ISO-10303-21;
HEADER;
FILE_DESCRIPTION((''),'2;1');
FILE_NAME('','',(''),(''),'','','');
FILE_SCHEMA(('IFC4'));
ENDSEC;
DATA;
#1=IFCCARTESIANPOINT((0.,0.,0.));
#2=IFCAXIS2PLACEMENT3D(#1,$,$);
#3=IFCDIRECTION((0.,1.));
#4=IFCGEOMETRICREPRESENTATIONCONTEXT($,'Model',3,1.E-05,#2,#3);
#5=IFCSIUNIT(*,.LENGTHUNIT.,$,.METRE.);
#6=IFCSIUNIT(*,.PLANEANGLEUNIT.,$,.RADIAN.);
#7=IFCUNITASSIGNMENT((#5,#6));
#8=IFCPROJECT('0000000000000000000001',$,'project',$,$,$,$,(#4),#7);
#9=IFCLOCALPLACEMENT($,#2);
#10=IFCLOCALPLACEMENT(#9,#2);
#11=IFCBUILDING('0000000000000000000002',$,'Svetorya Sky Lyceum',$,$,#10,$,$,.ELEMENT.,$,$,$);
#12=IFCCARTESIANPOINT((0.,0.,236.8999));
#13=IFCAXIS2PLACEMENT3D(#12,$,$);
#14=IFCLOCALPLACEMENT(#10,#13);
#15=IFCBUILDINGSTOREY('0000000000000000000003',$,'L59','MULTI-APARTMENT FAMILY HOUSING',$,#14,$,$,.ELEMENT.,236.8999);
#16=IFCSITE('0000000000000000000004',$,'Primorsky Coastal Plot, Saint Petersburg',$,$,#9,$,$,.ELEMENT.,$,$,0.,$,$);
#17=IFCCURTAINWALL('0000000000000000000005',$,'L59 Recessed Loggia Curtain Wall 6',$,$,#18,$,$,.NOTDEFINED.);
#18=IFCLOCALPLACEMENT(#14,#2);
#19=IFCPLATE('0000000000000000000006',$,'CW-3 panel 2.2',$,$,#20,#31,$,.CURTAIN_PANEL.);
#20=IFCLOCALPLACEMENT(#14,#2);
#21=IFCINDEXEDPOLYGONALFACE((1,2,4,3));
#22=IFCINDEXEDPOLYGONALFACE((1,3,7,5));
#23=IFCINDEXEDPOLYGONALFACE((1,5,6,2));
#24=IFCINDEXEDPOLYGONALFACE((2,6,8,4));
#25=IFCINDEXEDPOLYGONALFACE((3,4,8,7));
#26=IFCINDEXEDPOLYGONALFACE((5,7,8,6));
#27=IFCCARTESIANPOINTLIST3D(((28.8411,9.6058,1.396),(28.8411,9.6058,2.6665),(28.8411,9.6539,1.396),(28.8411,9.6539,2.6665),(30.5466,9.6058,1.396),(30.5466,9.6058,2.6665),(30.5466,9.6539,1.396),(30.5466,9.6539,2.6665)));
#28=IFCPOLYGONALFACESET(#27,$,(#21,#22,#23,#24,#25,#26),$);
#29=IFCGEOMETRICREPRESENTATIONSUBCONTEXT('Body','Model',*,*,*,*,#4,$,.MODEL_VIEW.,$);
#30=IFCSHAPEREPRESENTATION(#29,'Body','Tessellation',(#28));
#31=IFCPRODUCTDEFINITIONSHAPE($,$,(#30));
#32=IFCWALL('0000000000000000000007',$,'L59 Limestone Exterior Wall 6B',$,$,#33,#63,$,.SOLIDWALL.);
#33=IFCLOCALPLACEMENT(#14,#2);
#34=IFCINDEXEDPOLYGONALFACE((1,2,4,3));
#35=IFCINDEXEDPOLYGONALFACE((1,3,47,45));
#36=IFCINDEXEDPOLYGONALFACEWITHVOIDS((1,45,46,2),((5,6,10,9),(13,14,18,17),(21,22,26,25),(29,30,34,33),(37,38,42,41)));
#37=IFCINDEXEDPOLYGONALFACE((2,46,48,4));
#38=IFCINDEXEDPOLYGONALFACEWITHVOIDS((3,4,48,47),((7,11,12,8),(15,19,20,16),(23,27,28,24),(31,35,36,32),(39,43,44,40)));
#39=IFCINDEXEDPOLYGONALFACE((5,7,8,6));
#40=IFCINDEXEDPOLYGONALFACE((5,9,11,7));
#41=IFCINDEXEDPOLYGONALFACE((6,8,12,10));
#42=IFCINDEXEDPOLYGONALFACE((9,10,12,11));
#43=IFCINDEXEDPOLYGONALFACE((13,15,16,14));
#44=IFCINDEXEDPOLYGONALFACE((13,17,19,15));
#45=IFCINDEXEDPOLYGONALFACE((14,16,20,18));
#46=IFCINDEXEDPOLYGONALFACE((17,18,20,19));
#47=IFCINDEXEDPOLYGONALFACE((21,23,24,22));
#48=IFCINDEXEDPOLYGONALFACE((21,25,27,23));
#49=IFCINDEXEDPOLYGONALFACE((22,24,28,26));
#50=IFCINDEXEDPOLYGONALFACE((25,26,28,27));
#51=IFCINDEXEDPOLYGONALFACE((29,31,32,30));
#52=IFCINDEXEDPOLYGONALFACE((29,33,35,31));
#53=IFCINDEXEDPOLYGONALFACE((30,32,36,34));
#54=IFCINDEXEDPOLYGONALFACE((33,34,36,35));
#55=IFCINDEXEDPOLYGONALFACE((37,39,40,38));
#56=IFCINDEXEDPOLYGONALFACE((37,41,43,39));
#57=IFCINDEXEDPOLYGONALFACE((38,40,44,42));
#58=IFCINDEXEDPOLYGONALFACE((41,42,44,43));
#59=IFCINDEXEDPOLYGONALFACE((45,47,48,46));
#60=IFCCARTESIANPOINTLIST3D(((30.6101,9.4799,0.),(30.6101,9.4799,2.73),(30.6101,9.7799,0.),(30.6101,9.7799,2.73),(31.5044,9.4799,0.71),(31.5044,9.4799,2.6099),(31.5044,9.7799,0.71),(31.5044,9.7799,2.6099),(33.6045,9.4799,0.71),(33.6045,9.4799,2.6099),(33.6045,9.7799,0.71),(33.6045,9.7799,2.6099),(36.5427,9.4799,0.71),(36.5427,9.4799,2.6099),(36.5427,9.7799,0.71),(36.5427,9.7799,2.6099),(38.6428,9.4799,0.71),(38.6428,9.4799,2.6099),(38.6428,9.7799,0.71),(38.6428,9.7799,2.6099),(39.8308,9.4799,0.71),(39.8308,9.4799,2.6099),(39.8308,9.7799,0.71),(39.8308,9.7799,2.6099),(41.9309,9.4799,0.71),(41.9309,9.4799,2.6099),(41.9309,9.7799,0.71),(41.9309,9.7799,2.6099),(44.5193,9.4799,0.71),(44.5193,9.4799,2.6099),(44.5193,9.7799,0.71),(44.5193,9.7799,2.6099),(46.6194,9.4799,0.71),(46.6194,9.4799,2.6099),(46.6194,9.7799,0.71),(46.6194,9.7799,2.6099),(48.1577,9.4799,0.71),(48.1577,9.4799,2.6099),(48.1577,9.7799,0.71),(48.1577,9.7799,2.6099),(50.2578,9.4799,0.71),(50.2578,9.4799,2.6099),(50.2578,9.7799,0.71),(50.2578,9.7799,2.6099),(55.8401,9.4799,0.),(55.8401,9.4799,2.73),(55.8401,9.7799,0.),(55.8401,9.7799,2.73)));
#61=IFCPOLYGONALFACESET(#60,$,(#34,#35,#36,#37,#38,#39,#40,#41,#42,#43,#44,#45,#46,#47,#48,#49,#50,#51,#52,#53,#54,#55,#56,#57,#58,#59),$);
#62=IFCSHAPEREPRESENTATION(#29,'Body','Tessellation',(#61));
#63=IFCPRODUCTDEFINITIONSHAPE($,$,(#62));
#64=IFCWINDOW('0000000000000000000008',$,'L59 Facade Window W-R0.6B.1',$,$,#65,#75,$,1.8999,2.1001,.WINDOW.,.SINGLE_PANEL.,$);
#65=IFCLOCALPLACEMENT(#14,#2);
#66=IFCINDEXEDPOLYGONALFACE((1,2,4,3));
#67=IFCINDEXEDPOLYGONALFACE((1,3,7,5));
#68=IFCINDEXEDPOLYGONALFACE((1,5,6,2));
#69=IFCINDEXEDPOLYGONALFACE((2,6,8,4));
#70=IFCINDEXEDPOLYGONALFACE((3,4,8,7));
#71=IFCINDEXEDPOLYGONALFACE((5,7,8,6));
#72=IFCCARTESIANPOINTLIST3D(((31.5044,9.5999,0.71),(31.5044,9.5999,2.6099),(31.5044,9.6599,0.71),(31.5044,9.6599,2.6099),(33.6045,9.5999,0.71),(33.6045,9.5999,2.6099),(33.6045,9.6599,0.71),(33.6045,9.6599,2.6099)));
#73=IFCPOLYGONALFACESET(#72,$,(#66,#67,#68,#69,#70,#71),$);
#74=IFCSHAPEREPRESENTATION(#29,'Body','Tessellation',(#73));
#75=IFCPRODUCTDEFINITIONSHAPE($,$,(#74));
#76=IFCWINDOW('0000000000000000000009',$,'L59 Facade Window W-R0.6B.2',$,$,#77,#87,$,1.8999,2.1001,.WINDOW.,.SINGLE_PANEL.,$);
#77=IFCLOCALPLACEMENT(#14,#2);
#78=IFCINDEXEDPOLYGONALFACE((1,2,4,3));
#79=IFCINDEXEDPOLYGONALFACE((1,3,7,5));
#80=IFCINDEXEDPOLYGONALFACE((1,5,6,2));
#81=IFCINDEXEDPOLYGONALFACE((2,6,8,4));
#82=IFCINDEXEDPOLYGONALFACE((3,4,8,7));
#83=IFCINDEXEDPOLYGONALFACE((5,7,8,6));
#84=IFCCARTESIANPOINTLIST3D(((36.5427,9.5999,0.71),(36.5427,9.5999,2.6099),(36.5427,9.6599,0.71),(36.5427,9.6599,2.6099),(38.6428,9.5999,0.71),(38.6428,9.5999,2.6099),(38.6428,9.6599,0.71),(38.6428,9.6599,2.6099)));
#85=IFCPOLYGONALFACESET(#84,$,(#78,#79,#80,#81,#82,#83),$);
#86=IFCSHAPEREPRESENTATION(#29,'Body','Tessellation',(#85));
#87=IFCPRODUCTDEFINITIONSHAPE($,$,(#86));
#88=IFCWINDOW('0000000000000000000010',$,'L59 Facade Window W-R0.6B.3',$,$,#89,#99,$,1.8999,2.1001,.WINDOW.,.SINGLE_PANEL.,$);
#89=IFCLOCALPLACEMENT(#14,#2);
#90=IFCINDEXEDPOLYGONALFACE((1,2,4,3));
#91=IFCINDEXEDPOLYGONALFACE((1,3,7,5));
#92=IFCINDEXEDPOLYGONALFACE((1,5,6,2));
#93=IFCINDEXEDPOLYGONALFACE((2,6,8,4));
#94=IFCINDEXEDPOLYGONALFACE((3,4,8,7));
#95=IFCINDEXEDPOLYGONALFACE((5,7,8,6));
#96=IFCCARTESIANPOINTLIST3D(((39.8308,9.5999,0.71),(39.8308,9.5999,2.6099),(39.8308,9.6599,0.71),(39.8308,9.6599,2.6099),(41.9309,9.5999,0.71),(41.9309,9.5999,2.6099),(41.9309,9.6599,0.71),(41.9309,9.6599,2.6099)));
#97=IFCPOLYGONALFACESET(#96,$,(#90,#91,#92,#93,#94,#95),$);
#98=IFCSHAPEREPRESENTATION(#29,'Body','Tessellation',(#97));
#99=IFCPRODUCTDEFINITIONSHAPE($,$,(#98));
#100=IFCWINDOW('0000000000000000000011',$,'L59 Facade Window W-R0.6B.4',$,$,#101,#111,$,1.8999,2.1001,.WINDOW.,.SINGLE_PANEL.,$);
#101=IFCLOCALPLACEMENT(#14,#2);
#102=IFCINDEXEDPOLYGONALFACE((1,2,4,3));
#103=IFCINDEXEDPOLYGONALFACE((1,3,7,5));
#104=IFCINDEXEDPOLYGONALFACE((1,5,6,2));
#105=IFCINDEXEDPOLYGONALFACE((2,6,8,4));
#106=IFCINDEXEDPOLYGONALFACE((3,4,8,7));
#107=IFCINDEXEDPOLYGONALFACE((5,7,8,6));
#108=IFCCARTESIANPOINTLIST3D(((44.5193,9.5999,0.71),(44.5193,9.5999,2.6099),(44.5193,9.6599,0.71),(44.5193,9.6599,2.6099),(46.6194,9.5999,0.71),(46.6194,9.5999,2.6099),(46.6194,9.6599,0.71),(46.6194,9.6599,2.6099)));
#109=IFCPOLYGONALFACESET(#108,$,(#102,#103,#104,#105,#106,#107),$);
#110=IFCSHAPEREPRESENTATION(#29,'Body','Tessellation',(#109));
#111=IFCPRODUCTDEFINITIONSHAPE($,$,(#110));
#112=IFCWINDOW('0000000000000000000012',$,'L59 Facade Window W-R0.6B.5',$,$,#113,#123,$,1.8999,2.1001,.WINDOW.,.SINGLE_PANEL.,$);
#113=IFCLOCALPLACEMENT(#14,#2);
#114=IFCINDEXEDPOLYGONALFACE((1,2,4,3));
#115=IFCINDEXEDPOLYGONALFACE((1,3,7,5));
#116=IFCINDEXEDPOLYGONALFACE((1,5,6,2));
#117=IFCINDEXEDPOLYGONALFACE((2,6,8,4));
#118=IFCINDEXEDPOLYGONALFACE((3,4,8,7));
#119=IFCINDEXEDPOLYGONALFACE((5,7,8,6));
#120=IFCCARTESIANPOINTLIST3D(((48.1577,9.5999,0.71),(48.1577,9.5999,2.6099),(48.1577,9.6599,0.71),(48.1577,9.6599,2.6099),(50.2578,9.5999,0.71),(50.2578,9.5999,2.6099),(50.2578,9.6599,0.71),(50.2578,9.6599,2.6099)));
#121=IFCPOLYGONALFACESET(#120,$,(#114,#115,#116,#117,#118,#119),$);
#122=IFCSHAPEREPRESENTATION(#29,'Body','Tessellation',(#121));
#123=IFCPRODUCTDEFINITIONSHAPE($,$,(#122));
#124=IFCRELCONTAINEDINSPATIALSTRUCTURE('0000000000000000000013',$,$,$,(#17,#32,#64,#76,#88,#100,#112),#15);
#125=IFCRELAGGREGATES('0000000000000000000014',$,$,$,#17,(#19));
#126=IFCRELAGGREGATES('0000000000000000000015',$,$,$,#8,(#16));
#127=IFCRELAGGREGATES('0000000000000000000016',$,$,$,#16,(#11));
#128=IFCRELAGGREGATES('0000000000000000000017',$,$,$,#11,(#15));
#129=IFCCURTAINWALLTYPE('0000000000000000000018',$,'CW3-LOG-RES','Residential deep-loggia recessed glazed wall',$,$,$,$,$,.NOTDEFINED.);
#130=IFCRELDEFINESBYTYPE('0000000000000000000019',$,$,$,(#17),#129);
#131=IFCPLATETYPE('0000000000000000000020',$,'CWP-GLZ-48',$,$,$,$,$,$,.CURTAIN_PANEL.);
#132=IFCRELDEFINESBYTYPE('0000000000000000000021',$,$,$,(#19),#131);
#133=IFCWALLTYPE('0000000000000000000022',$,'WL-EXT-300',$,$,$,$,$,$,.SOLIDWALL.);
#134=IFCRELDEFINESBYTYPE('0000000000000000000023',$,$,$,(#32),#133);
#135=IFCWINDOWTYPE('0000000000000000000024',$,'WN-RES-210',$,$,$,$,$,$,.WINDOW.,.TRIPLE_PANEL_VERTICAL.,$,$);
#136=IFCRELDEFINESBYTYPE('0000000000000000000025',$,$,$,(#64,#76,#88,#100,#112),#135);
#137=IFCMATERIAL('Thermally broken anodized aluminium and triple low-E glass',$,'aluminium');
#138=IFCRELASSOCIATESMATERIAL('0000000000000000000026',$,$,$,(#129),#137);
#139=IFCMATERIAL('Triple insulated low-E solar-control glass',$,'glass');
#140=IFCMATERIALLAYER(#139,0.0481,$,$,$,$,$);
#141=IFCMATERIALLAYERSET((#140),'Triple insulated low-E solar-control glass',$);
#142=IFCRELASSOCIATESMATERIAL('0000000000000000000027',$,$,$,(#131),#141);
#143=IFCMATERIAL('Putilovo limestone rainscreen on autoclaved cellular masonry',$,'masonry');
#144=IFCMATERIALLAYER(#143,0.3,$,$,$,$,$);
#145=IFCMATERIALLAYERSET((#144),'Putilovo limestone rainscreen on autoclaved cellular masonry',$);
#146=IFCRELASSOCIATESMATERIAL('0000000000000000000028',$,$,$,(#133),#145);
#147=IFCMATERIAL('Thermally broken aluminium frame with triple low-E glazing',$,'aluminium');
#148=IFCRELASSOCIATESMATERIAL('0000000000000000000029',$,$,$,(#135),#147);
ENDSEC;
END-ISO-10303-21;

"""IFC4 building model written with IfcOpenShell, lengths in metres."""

from ifc_helpers import new_model, si_unit, direction, frame, frame_2d, origin, origin_2d, place, context, subcontext, project, spatial, rectangle, extrude, material, layer, layer_set, type_object, element, fill, aggregate, save


model = new_model("IFC4")

# Units and contexts
model_context = context("Model", 3, precision=1e-05, world=origin(), true_north=direction((0.0, 1.0)))
body_context = subcontext(model_context, "Body", "Model", "MODEL_VIEW")
ifc_project = project(units=[si_unit("LENGTHUNIT", "METRE"), si_unit("PLANEANGLEUNIT", "RADIAN")], contexts=[model_context])

# Site, building, storey
site_placement = place(None, origin())
site = spatial("IfcSite", under=ifc_project, at=site_placement, Name="Primorsky Coastal Plot, Saint Petersburg", CompositionType="ELEMENT", RefElevation=0.0)
building_placement = place(site_placement, origin())
building = spatial("IfcBuilding", under=site, at=building_placement, Name="Svetorya Sky Lyceum", CompositionType="ELEMENT")
storey_placement = place(building_placement, frame((0.0, 0.0, 236.8999)))
storey = spatial("IfcBuildingStorey", under=building, at=storey_placement, Name="L59", Description="MULTI-APARTMENT FAMILY HOUSING", CompositionType="ELEMENT", Elevation=236.8999)

# Curtain wall, plate
ifc_material_1 = material(Name="Thermally broken anodized aluminium and triple low-E glass", Category="aluminium")
curtain_wall_type = type_object("IfcCurtainWallType", Name="CW3-LOG-RES", Description="Residential deep-loggia recessed glazed wall", PredefinedType="NOTDEFINED", material=ifc_material_1)
curtain_wall_placement = place(storey_placement, origin())
curtain_wall = element("IfcCurtainWall", 1, at=curtain_wall_placement, inside=storey, type_object=curtain_wall_type, Name="L59 Recessed Loggia Curtain Wall 6", PredefinedType="NOTDEFINED")
ifc_material_2 = material(Name="Triple insulated low-E solar-control glass", Category="glass")
ifc_layer_1 = layer(ifc_material_2, 0.0481)
ifc_layer_set_1 = layer_set([ifc_layer_1], Name="Triple insulated low-E solar-control glass")
plate_type = type_object("IfcPlateType", Name="CWP-GLZ-48", PredefinedType="CURTAIN_PANEL", material=ifc_layer_set_1)
plate_1_placement = place(storey_placement, frame((29.6938, 9.6299, 1.396), z_axis=(0.0, 0.0, 1.0), x_axis=(1.0, 0.0, 0.0)))
plate_1 = element("IfcPlate", 2, at=plate_1_placement, type_object=plate_type, Name="CW-3 panel 2.2", PredefinedType="CURTAIN_PANEL", context=body_context, shape_type="SweptSolid", body=[
    extrude(rectangle(XDim=1.7056, YDim=0.0481, at=origin_2d()), origin(), (0.0, 0.0, 1.0), 1.2705),
])
aggregate(curtain_wall, [plate_1])

# Wall, openings, windows
ifc_material_3 = material(Name="Putilovo limestone rainscreen on autoclaved cellular masonry", Category="masonry")
ifc_layer_2 = layer(ifc_material_3, 0.3)
ifc_layer_set_2 = layer_set([ifc_layer_2], Name="Putilovo limestone rainscreen on autoclaved cellular masonry")
wall_type = type_object("IfcWallType", Name="WL-EXT-300", PredefinedType="SOLIDWALL", material=ifc_layer_set_2)
wall_placement = place(storey_placement, frame((30.6101, 9.6299, 0.0), z_axis=(0.0, 0.0, 1.0), x_axis=(1.0, 0.0, 0.0)))
wall = element("IfcWall", 3, at=wall_placement, inside=storey, type_object=wall_type, Name="L59 Limestone Exterior Wall 6B", PredefinedType="SOLIDWALL", context=body_context, shape_type="SweptSolid", body=[
    extrude(rectangle(XDim=25.23, YDim=0.3, at=frame_2d((12.615, 0.0))), origin(), (0.0, 0.0, 1.0), 2.73),
])
opening_1_placement = place(wall_placement, frame((0.8943, 0.0, 0.71)))
opening_1 = element("IfcOpeningElement", 4, at=opening_1_placement, cuts=wall, PredefinedType="OPENING", context=body_context, shape_type="SweptSolid", body=[
    extrude(rectangle(XDim=2.1001, YDim=1.8999, at=frame_2d((1.05, 0.95))), frame((0.0, 0.1599, 0.0), z_axis=(0.0, -1.0, 0.0), x_axis=(1.0, 0.0, 0.0)), (0.0, 0.0, 1.0), 0.3201),
])
opening_2_placement = place(wall_placement, frame((5.9326, 0.0, 0.71)))
opening_2 = element("IfcOpeningElement", 5, at=opening_2_placement, cuts=wall, PredefinedType="OPENING", context=body_context, shape_type="SweptSolid", body=[
    extrude(rectangle(XDim=2.1001, YDim=1.8999, at=frame_2d((1.05, 0.95))), frame((0.0, 0.1599, 0.0), z_axis=(0.0, -1.0, 0.0), x_axis=(1.0, 0.0, 0.0)), (0.0, 0.0, 1.0), 0.3201),
])
opening_3_placement = place(wall_placement, frame((9.2207, 0.0, 0.71)))
opening_3 = element("IfcOpeningElement", 6, at=opening_3_placement, cuts=wall, PredefinedType="OPENING", context=body_context, shape_type="SweptSolid", body=[
    extrude(rectangle(XDim=2.1001, YDim=1.8999, at=frame_2d((1.05, 0.95))), frame((0.0, 0.1599, 0.0), z_axis=(0.0, -1.0, 0.0), x_axis=(1.0, 0.0, 0.0)), (0.0, 0.0, 1.0), 0.3201),
])
opening_4_placement = place(wall_placement, frame((13.9092, 0.0, 0.71)))
opening_4 = element("IfcOpeningElement", 7, at=opening_4_placement, cuts=wall, PredefinedType="OPENING", context=body_context, shape_type="SweptSolid", body=[
    extrude(rectangle(XDim=2.1001, YDim=1.8999, at=frame_2d((1.05, 0.95))), frame((0.0, 0.1599, 0.0), z_axis=(0.0, -1.0, 0.0), x_axis=(1.0, 0.0, 0.0)), (0.0, 0.0, 1.0), 0.3201),
])
opening_5_placement = place(wall_placement, frame((17.5476, 0.0, 0.71)))
opening_5 = element("IfcOpeningElement", 8, at=opening_5_placement, cuts=wall, PredefinedType="OPENING", context=body_context, shape_type="SweptSolid", body=[
    extrude(rectangle(XDim=2.1001, YDim=1.8999, at=frame_2d((1.05, 0.95))), frame((0.0, 0.1599, 0.0), z_axis=(0.0, -1.0, 0.0), x_axis=(1.0, 0.0, 0.0)), (0.0, 0.0, 1.0), 0.3201),
])
ifc_material_4 = material(Name="Thermally broken aluminium frame with triple low-E glazing", Category="aluminium")
window_type = type_object("IfcWindowType", Name="WN-RES-210", PartitioningType="TRIPLE_PANEL_VERTICAL", PredefinedType="WINDOW", material=ifc_material_4)
window_1_placement = place(opening_1_placement, origin())
window_1 = element("IfcWindow", 9, at=window_1_placement, inside=storey, type_object=window_type, Name="L59 Facade Window W-R0.6B.1", OverallHeight=1.8999, OverallWidth=2.1001, PartitioningType="SINGLE_PANEL", PredefinedType="WINDOW", context=body_context, shape_type="SweptSolid", body=[
    extrude(rectangle(XDim=2.1001, YDim=1.8999, at=frame_2d((1.05, 0.95))), frame((0.0, 0.03, 0.0), z_axis=(0.0, -1.0, 0.0), x_axis=(1.0, 0.0, 0.0)), (0.0, 0.0, 1.0), 0.0601),
])
fill(opening_1, window_1)
window_2_placement = place(opening_2_placement, origin())
window_2 = element("IfcWindow", 10, at=window_2_placement, inside=storey, type_object=window_type, Name="L59 Facade Window W-R0.6B.2", OverallHeight=1.8999, OverallWidth=2.1001, PartitioningType="SINGLE_PANEL", PredefinedType="WINDOW", context=body_context, shape_type="SweptSolid", body=[
    extrude(rectangle(XDim=2.1001, YDim=1.8999, at=frame_2d((1.05, 0.95))), frame((0.0, 0.03, 0.0), z_axis=(0.0, -1.0, 0.0), x_axis=(1.0, 0.0, 0.0)), (0.0, 0.0, 1.0), 0.0601),
])
fill(opening_2, window_2)
window_3_placement = place(opening_3_placement, origin())
window_3 = element("IfcWindow", 11, at=window_3_placement, inside=storey, type_object=window_type, Name="L59 Facade Window W-R0.6B.3", OverallHeight=1.8999, OverallWidth=2.1001, PartitioningType="SINGLE_PANEL", PredefinedType="WINDOW", context=body_context, shape_type="SweptSolid", body=[
    extrude(rectangle(XDim=2.1001, YDim=1.8999, at=frame_2d((1.05, 0.95))), frame((0.0, 0.03, 0.0), z_axis=(0.0, -1.0, 0.0), x_axis=(1.0, 0.0, 0.0)), (0.0, 0.0, 1.0), 0.0601),
])
fill(opening_3, window_3)
window_4_placement = place(opening_4_placement, origin())
window_4 = element("IfcWindow", 12, at=window_4_placement, inside=storey, type_object=window_type, Name="L59 Facade Window W-R0.6B.4", OverallHeight=1.8999, OverallWidth=2.1001, PartitioningType="SINGLE_PANEL", PredefinedType="WINDOW", context=body_context, shape_type="SweptSolid", body=[
    extrude(rectangle(XDim=2.1001, YDim=1.8999, at=frame_2d((1.05, 0.95))), frame((0.0, 0.03, 0.0), z_axis=(0.0, -1.0, 0.0), x_axis=(1.0, 0.0, 0.0)), (0.0, 0.0, 1.0), 0.0601),
])
fill(opening_4, window_4)
window_5_placement = place(opening_5_placement, origin())
window_5 = element("IfcWindow", 13, at=window_5_placement, inside=storey, type_object=window_type, Name="L59 Facade Window W-R0.6B.5", OverallHeight=1.8999, OverallWidth=2.1001, PartitioningType="SINGLE_PANEL", PredefinedType="WINDOW", context=body_context, shape_type="SweptSolid", body=[
    extrude(rectangle(XDim=2.1001, YDim=1.8999, at=frame_2d((1.05, 0.95))), frame((0.0, 0.03, 0.0), z_axis=(0.0, -1.0, 0.0), x_axis=(1.0, 0.0, 0.0)), (0.0, 0.0, 1.0), 0.0601),
])
fill(opening_5, window_5)

save(model, "model.ifc")
